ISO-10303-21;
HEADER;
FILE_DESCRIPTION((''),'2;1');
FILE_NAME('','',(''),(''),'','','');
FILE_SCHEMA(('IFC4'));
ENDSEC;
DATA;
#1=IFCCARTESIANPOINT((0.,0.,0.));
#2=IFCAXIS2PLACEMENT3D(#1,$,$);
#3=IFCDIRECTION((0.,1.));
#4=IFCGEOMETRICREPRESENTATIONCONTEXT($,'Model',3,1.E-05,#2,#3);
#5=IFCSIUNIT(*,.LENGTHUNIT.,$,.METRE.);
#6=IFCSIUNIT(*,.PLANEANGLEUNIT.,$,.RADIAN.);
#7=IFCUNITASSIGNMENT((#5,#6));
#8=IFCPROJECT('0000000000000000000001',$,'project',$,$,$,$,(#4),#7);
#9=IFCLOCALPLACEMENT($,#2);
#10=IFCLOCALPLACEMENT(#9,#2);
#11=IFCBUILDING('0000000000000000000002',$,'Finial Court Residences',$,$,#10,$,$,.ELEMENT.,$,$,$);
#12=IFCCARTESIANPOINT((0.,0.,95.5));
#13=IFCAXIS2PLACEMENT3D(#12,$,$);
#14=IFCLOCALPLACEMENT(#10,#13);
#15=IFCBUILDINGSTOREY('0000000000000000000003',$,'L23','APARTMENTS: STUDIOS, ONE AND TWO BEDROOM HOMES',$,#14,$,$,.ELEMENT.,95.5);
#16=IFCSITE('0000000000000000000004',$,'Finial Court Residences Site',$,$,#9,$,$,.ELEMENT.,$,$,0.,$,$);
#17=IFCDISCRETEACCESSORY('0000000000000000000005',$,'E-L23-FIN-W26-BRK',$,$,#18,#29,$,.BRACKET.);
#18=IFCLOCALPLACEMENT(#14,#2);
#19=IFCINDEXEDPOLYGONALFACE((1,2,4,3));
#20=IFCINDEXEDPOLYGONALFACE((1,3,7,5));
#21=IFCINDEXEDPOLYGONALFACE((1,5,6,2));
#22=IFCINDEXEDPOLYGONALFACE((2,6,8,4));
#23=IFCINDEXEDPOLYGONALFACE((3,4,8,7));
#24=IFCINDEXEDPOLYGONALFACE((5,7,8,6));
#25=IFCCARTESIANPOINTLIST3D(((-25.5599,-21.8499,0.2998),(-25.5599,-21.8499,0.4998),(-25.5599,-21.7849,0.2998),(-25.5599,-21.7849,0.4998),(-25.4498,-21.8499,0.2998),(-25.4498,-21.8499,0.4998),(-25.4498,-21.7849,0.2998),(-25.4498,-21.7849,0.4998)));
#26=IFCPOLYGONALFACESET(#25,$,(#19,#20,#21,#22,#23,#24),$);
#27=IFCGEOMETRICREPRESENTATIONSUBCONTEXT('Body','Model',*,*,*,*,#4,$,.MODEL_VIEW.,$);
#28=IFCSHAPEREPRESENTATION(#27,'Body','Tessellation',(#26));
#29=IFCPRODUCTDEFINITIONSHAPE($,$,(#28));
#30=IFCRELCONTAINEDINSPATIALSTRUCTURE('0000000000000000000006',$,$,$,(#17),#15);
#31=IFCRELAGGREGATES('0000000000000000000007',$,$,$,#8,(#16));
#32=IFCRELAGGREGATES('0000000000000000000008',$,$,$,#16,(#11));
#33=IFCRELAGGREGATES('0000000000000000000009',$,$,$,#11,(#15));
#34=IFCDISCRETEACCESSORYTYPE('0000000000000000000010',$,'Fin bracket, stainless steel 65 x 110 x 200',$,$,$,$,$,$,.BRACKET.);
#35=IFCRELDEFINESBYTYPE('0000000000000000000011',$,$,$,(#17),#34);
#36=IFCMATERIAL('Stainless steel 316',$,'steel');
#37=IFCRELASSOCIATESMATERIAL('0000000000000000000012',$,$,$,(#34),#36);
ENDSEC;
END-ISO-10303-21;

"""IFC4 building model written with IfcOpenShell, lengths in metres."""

from ifc_helpers import new_model, si_unit, direction, frame, origin, origin_2d, place, context, subcontext, project, spatial, rectangle, extrude, material, type_object, element, save


model = new_model("IFC4")

# Units and contexts
model_context = context("Model", 3, precision=1e-05, world=origin(), true_north=direction((0.0, 1.0)))
body_context = subcontext(model_context, "Body", "Model", "MODEL_VIEW")
ifc_project = project(units=[si_unit("LENGTHUNIT", "METRE"), si_unit("PLANEANGLEUNIT", "RADIAN")], contexts=[model_context])

# Site, building, storey
site_placement = place(None, origin())
site = spatial("IfcSite", under=ifc_project, at=site_placement, Name="Finial Court Residences Site", CompositionType="ELEMENT", RefElevation=0.0)
building_placement = place(site_placement, origin())
building = spatial("IfcBuilding", under=site, at=building_placement, Name="Finial Court Residences", CompositionType="ELEMENT")
storey_placement = place(building_placement, frame((0.0, 0.0, 95.5)))
storey = spatial("IfcBuildingStorey", under=building, at=storey_placement, Name="L23", Description="APARTMENTS: STUDIOS, ONE AND TWO BEDROOM HOMES", CompositionType="ELEMENT", Elevation=95.5)

# Discrete accessory
ifc_material_1 = material(Name="Stainless steel 316", Category="steel")
discrete_accessory_type = type_object("IfcDiscreteAccessoryType", Name="Fin bracket, stainless steel 65 x 110 x 200", PredefinedType="BRACKET", material=ifc_material_1)
discrete_accessory_placement = place(storey_placement, frame((-25.5049, -21.8174, 0.2998), z_axis=(0.0, 0.0, 1.0), x_axis=(1.0, 0.0, 0.0)))
element("IfcDiscreteAccessory", 1, at=discrete_accessory_placement, inside=storey, type_object=discrete_accessory_type, Name="E-L23-FIN-W26-BRK", PredefinedType="BRACKET", context=body_context, shape_type="SweptSolid", body=[
    extrude(rectangle(XDim=0.1101, YDim=0.0649, at=origin_2d()), origin(), (0.0, 0.0, 1.0), 0.2),
])

save(model, "model.ifc")
